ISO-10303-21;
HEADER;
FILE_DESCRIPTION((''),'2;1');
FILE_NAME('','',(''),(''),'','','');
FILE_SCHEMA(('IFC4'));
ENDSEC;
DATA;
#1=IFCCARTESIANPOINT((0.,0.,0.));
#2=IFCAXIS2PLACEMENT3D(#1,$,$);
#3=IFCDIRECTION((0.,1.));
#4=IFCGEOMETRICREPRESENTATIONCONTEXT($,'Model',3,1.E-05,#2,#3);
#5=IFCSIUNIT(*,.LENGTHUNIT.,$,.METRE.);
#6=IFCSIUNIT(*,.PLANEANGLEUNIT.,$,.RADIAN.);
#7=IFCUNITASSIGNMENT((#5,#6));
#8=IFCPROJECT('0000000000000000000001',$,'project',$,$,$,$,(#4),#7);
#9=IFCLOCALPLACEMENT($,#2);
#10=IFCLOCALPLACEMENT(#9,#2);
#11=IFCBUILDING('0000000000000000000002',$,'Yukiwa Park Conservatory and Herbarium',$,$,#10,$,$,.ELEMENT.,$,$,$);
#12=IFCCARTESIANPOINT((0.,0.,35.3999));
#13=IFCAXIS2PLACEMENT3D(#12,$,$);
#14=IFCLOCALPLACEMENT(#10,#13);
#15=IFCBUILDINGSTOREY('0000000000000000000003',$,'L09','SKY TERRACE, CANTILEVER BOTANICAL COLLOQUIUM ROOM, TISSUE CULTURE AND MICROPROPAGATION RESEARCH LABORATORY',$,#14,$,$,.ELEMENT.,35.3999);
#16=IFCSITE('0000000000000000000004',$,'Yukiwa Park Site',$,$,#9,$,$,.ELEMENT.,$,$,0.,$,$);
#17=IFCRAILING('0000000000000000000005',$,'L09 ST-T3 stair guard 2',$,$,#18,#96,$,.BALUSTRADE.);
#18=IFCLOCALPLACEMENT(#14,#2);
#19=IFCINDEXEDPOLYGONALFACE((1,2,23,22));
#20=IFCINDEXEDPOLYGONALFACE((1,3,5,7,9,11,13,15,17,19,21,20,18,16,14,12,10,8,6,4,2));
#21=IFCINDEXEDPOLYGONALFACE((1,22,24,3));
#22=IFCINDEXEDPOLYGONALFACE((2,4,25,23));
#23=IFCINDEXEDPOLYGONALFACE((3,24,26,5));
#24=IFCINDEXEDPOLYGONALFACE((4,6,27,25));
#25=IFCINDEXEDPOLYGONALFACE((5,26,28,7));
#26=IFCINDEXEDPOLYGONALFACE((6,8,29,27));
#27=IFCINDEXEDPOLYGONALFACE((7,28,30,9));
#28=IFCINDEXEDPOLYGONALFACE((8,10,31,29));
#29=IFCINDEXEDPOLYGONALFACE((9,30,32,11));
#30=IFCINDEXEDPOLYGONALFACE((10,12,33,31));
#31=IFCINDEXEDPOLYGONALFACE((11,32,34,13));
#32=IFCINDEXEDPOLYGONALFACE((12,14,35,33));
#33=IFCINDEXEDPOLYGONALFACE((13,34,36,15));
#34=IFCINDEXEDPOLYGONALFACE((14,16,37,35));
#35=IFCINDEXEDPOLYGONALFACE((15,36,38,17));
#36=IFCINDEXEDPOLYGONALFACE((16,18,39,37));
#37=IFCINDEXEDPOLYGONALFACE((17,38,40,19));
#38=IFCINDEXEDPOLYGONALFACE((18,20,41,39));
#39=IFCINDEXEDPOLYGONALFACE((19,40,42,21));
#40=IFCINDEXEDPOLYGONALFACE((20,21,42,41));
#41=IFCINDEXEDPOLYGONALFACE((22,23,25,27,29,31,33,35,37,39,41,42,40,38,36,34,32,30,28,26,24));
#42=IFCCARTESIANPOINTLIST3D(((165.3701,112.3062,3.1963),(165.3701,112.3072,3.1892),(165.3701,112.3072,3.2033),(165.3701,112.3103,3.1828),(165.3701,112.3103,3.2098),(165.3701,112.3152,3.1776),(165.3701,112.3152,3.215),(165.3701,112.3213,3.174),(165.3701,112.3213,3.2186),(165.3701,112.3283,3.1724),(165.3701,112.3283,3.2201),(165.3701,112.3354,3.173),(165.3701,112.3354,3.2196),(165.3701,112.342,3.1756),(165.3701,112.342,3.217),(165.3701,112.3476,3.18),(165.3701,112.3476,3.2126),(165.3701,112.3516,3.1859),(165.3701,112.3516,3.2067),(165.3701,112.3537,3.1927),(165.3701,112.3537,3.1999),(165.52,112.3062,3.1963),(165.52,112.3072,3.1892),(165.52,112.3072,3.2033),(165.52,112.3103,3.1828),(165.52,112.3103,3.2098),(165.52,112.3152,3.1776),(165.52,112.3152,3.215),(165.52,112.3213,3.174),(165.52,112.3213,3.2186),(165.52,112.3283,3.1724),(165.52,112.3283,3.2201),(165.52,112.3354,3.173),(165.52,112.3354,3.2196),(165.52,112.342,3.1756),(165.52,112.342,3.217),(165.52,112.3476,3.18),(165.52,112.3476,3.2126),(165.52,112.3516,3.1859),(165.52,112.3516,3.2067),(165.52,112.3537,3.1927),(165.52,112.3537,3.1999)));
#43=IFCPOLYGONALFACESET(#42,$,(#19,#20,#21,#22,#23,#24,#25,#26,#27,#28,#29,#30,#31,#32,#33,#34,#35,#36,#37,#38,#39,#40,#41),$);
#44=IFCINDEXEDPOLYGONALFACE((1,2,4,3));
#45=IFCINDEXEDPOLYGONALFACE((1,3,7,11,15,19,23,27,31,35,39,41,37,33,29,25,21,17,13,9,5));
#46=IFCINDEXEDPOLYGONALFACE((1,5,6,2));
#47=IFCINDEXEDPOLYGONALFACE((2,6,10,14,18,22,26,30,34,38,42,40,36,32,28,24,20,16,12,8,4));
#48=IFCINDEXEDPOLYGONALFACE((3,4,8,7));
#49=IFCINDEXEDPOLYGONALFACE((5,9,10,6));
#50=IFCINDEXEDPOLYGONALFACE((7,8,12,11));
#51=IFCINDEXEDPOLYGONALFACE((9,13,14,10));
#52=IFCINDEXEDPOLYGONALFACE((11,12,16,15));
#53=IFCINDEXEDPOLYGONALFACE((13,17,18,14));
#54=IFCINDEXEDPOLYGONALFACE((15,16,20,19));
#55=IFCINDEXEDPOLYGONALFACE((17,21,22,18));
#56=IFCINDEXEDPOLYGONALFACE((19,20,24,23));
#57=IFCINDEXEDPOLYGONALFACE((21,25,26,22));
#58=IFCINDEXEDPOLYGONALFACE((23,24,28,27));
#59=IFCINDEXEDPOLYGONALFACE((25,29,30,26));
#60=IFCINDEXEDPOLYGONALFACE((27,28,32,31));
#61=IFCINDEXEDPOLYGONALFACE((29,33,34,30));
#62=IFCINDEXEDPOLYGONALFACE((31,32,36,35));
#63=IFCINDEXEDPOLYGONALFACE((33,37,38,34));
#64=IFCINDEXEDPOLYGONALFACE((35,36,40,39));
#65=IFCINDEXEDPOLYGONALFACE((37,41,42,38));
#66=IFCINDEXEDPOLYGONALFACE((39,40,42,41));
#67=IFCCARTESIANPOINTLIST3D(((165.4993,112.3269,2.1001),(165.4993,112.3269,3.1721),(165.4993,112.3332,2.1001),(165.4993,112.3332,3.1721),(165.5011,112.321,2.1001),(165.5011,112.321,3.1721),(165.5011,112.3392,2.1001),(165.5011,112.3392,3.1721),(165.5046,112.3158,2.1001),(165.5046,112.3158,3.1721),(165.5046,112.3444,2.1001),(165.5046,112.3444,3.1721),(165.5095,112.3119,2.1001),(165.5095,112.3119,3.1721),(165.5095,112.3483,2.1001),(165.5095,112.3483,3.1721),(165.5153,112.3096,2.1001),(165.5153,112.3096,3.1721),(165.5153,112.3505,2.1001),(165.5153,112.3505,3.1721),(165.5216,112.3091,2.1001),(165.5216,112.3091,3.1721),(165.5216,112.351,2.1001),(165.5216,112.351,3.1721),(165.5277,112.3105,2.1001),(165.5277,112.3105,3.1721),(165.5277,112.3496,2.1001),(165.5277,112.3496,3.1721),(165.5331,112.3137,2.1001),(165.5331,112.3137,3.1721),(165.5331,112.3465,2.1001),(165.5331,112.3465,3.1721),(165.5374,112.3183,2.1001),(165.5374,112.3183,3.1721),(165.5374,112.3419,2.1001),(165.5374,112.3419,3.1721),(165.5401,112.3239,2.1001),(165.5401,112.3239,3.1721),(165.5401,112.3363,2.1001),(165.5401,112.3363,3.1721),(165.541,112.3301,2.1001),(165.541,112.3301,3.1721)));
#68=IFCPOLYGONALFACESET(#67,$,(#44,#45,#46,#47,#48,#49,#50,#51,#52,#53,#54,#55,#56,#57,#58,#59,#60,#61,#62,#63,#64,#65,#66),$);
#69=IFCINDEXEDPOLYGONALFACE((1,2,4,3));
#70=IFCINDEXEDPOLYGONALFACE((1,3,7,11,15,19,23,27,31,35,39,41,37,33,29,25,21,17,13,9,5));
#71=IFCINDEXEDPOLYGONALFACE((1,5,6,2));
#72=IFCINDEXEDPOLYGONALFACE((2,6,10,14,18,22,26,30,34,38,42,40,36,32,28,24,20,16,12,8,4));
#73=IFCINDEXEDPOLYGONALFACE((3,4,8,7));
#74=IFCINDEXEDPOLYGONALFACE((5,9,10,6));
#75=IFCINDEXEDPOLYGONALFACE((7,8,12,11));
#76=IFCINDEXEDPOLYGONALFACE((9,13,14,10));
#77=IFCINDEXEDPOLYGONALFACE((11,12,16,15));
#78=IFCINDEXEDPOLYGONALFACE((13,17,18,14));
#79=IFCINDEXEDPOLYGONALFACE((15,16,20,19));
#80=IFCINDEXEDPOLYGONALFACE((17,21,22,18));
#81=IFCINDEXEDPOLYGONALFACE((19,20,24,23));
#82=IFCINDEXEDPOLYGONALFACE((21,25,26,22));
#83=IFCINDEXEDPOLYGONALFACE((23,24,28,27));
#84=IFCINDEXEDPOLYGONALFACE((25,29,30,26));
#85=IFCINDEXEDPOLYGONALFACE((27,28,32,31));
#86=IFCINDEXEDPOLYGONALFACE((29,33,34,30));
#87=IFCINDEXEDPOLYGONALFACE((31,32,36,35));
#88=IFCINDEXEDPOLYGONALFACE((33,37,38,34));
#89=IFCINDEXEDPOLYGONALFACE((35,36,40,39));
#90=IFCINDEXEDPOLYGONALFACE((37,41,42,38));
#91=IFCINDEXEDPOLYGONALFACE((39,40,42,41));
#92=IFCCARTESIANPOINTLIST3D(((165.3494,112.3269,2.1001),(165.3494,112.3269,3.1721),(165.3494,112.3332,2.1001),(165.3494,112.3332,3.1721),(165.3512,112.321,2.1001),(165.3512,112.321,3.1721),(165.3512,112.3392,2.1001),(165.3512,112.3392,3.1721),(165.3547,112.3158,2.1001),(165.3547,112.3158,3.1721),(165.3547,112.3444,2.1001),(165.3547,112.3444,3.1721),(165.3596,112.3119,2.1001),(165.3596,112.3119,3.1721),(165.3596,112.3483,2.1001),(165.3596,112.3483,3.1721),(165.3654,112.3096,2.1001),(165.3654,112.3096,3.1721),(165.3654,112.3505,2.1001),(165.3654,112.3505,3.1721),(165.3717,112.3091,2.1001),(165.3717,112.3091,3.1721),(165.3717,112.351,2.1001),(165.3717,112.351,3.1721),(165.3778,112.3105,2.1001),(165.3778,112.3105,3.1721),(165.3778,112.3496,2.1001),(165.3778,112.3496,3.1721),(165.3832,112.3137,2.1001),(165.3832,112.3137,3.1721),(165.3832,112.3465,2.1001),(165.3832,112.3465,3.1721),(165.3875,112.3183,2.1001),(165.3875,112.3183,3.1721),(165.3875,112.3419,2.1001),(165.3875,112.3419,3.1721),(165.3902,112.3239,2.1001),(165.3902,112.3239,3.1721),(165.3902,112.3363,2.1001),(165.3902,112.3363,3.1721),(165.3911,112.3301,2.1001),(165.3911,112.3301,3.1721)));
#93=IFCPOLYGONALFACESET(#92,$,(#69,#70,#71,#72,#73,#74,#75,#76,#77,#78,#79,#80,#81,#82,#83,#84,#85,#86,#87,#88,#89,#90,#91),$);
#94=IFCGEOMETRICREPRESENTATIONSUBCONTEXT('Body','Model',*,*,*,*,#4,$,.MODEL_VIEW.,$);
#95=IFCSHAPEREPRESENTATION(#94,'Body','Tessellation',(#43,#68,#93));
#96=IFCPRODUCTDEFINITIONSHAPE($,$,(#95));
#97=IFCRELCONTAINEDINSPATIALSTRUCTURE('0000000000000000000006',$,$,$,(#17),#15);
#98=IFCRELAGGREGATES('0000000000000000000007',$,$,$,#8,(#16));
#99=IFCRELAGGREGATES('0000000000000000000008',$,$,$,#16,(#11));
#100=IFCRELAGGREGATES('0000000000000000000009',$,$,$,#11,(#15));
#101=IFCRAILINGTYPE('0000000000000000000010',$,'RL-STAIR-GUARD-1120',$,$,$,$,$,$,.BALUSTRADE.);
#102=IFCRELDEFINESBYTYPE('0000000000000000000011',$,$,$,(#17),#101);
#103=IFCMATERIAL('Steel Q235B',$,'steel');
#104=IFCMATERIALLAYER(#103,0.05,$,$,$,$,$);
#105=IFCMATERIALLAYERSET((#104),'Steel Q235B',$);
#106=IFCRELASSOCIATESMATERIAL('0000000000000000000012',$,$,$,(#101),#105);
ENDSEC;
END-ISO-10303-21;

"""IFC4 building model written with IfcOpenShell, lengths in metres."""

from ifc_helpers import new_model, si_unit, direction, frame, origin, origin_2d, place, context, subcontext, project, spatial, circle, extrude, material, layer, layer_set, type_object, element, save


model = new_model("IFC4")

# Units and contexts
model_context = context("Model", 3, precision=1e-05, world=origin(), true_north=direction((0.0, 1.0)))
body_context = subcontext(model_context, "Body", "Model", "MODEL_VIEW")
ifc_project = project(units=[si_unit("LENGTHUNIT", "METRE"), si_unit("PLANEANGLEUNIT", "RADIAN")], contexts=[model_context])

# Site, building, storey
site_placement = place(None, origin())
site = spatial("IfcSite", under=ifc_project, at=site_placement, Name="Yukiwa Park Site", CompositionType="ELEMENT", RefElevation=0.0)
building_placement = place(site_placement, origin())
building = spatial("IfcBuilding", under=site, at=building_placement, Name="Yukiwa Park Conservatory and Herbarium", CompositionType="ELEMENT")
storey_placement = place(building_placement, frame((0.0, 0.0, 35.3999)))
storey = spatial("IfcBuildingStorey", under=building, at=storey_placement, Name="L09", Description="SKY TERRACE, CANTILEVER BOTANICAL COLLOQUIUM ROOM, TISSUE CULTURE AND MICROPROPAGATION RESEARCH LABORATORY", CompositionType="ELEMENT", Elevation=35.3999)

# Railing
ifc_material_1 = material(Name="Steel Q235B", Category="steel")
ifc_layer_1 = layer(ifc_material_1, 0.05)
ifc_layer_set_1 = layer_set([ifc_layer_1], Name="Steel Q235B")
railing_type_1 = type_object("IfcRailingType", Name="RL-STAIR-GUARD-1120", PredefinedType="BALUSTRADE", material=ifc_layer_set_1)
railing_1_placement = place(storey_placement, frame((165.52, 112.3301, 2.1001)))
element("IfcRailing", 1, at=railing_1_placement, inside=storey, type_object=railing_type_1, Name="L09 ST-T3 stair guard 2", PredefinedType="BALUSTRADE", context=body_context, shape_type="SweptSolid", body=[
    extrude(circle(Radius=0.0239, at=origin_2d()), frame((0.0, 0.0, 1.0962), z_axis=(-1.0, 0.0, 0.0), x_axis=(0.0, -1.0, 0.0)), (0.0, 0.0, 1.0), 0.1499),
    extrude(circle(Radius=0.021, at=origin_2d()), origin(), (0.0, 0.0, 1.0), 1.072),
    extrude(circle(Radius=0.021, at=origin_2d()), frame((-0.1499, 0.0, 0.0)), (0.0, 0.0, 1.0), 1.072),
])

save(model, "model.ifc")
